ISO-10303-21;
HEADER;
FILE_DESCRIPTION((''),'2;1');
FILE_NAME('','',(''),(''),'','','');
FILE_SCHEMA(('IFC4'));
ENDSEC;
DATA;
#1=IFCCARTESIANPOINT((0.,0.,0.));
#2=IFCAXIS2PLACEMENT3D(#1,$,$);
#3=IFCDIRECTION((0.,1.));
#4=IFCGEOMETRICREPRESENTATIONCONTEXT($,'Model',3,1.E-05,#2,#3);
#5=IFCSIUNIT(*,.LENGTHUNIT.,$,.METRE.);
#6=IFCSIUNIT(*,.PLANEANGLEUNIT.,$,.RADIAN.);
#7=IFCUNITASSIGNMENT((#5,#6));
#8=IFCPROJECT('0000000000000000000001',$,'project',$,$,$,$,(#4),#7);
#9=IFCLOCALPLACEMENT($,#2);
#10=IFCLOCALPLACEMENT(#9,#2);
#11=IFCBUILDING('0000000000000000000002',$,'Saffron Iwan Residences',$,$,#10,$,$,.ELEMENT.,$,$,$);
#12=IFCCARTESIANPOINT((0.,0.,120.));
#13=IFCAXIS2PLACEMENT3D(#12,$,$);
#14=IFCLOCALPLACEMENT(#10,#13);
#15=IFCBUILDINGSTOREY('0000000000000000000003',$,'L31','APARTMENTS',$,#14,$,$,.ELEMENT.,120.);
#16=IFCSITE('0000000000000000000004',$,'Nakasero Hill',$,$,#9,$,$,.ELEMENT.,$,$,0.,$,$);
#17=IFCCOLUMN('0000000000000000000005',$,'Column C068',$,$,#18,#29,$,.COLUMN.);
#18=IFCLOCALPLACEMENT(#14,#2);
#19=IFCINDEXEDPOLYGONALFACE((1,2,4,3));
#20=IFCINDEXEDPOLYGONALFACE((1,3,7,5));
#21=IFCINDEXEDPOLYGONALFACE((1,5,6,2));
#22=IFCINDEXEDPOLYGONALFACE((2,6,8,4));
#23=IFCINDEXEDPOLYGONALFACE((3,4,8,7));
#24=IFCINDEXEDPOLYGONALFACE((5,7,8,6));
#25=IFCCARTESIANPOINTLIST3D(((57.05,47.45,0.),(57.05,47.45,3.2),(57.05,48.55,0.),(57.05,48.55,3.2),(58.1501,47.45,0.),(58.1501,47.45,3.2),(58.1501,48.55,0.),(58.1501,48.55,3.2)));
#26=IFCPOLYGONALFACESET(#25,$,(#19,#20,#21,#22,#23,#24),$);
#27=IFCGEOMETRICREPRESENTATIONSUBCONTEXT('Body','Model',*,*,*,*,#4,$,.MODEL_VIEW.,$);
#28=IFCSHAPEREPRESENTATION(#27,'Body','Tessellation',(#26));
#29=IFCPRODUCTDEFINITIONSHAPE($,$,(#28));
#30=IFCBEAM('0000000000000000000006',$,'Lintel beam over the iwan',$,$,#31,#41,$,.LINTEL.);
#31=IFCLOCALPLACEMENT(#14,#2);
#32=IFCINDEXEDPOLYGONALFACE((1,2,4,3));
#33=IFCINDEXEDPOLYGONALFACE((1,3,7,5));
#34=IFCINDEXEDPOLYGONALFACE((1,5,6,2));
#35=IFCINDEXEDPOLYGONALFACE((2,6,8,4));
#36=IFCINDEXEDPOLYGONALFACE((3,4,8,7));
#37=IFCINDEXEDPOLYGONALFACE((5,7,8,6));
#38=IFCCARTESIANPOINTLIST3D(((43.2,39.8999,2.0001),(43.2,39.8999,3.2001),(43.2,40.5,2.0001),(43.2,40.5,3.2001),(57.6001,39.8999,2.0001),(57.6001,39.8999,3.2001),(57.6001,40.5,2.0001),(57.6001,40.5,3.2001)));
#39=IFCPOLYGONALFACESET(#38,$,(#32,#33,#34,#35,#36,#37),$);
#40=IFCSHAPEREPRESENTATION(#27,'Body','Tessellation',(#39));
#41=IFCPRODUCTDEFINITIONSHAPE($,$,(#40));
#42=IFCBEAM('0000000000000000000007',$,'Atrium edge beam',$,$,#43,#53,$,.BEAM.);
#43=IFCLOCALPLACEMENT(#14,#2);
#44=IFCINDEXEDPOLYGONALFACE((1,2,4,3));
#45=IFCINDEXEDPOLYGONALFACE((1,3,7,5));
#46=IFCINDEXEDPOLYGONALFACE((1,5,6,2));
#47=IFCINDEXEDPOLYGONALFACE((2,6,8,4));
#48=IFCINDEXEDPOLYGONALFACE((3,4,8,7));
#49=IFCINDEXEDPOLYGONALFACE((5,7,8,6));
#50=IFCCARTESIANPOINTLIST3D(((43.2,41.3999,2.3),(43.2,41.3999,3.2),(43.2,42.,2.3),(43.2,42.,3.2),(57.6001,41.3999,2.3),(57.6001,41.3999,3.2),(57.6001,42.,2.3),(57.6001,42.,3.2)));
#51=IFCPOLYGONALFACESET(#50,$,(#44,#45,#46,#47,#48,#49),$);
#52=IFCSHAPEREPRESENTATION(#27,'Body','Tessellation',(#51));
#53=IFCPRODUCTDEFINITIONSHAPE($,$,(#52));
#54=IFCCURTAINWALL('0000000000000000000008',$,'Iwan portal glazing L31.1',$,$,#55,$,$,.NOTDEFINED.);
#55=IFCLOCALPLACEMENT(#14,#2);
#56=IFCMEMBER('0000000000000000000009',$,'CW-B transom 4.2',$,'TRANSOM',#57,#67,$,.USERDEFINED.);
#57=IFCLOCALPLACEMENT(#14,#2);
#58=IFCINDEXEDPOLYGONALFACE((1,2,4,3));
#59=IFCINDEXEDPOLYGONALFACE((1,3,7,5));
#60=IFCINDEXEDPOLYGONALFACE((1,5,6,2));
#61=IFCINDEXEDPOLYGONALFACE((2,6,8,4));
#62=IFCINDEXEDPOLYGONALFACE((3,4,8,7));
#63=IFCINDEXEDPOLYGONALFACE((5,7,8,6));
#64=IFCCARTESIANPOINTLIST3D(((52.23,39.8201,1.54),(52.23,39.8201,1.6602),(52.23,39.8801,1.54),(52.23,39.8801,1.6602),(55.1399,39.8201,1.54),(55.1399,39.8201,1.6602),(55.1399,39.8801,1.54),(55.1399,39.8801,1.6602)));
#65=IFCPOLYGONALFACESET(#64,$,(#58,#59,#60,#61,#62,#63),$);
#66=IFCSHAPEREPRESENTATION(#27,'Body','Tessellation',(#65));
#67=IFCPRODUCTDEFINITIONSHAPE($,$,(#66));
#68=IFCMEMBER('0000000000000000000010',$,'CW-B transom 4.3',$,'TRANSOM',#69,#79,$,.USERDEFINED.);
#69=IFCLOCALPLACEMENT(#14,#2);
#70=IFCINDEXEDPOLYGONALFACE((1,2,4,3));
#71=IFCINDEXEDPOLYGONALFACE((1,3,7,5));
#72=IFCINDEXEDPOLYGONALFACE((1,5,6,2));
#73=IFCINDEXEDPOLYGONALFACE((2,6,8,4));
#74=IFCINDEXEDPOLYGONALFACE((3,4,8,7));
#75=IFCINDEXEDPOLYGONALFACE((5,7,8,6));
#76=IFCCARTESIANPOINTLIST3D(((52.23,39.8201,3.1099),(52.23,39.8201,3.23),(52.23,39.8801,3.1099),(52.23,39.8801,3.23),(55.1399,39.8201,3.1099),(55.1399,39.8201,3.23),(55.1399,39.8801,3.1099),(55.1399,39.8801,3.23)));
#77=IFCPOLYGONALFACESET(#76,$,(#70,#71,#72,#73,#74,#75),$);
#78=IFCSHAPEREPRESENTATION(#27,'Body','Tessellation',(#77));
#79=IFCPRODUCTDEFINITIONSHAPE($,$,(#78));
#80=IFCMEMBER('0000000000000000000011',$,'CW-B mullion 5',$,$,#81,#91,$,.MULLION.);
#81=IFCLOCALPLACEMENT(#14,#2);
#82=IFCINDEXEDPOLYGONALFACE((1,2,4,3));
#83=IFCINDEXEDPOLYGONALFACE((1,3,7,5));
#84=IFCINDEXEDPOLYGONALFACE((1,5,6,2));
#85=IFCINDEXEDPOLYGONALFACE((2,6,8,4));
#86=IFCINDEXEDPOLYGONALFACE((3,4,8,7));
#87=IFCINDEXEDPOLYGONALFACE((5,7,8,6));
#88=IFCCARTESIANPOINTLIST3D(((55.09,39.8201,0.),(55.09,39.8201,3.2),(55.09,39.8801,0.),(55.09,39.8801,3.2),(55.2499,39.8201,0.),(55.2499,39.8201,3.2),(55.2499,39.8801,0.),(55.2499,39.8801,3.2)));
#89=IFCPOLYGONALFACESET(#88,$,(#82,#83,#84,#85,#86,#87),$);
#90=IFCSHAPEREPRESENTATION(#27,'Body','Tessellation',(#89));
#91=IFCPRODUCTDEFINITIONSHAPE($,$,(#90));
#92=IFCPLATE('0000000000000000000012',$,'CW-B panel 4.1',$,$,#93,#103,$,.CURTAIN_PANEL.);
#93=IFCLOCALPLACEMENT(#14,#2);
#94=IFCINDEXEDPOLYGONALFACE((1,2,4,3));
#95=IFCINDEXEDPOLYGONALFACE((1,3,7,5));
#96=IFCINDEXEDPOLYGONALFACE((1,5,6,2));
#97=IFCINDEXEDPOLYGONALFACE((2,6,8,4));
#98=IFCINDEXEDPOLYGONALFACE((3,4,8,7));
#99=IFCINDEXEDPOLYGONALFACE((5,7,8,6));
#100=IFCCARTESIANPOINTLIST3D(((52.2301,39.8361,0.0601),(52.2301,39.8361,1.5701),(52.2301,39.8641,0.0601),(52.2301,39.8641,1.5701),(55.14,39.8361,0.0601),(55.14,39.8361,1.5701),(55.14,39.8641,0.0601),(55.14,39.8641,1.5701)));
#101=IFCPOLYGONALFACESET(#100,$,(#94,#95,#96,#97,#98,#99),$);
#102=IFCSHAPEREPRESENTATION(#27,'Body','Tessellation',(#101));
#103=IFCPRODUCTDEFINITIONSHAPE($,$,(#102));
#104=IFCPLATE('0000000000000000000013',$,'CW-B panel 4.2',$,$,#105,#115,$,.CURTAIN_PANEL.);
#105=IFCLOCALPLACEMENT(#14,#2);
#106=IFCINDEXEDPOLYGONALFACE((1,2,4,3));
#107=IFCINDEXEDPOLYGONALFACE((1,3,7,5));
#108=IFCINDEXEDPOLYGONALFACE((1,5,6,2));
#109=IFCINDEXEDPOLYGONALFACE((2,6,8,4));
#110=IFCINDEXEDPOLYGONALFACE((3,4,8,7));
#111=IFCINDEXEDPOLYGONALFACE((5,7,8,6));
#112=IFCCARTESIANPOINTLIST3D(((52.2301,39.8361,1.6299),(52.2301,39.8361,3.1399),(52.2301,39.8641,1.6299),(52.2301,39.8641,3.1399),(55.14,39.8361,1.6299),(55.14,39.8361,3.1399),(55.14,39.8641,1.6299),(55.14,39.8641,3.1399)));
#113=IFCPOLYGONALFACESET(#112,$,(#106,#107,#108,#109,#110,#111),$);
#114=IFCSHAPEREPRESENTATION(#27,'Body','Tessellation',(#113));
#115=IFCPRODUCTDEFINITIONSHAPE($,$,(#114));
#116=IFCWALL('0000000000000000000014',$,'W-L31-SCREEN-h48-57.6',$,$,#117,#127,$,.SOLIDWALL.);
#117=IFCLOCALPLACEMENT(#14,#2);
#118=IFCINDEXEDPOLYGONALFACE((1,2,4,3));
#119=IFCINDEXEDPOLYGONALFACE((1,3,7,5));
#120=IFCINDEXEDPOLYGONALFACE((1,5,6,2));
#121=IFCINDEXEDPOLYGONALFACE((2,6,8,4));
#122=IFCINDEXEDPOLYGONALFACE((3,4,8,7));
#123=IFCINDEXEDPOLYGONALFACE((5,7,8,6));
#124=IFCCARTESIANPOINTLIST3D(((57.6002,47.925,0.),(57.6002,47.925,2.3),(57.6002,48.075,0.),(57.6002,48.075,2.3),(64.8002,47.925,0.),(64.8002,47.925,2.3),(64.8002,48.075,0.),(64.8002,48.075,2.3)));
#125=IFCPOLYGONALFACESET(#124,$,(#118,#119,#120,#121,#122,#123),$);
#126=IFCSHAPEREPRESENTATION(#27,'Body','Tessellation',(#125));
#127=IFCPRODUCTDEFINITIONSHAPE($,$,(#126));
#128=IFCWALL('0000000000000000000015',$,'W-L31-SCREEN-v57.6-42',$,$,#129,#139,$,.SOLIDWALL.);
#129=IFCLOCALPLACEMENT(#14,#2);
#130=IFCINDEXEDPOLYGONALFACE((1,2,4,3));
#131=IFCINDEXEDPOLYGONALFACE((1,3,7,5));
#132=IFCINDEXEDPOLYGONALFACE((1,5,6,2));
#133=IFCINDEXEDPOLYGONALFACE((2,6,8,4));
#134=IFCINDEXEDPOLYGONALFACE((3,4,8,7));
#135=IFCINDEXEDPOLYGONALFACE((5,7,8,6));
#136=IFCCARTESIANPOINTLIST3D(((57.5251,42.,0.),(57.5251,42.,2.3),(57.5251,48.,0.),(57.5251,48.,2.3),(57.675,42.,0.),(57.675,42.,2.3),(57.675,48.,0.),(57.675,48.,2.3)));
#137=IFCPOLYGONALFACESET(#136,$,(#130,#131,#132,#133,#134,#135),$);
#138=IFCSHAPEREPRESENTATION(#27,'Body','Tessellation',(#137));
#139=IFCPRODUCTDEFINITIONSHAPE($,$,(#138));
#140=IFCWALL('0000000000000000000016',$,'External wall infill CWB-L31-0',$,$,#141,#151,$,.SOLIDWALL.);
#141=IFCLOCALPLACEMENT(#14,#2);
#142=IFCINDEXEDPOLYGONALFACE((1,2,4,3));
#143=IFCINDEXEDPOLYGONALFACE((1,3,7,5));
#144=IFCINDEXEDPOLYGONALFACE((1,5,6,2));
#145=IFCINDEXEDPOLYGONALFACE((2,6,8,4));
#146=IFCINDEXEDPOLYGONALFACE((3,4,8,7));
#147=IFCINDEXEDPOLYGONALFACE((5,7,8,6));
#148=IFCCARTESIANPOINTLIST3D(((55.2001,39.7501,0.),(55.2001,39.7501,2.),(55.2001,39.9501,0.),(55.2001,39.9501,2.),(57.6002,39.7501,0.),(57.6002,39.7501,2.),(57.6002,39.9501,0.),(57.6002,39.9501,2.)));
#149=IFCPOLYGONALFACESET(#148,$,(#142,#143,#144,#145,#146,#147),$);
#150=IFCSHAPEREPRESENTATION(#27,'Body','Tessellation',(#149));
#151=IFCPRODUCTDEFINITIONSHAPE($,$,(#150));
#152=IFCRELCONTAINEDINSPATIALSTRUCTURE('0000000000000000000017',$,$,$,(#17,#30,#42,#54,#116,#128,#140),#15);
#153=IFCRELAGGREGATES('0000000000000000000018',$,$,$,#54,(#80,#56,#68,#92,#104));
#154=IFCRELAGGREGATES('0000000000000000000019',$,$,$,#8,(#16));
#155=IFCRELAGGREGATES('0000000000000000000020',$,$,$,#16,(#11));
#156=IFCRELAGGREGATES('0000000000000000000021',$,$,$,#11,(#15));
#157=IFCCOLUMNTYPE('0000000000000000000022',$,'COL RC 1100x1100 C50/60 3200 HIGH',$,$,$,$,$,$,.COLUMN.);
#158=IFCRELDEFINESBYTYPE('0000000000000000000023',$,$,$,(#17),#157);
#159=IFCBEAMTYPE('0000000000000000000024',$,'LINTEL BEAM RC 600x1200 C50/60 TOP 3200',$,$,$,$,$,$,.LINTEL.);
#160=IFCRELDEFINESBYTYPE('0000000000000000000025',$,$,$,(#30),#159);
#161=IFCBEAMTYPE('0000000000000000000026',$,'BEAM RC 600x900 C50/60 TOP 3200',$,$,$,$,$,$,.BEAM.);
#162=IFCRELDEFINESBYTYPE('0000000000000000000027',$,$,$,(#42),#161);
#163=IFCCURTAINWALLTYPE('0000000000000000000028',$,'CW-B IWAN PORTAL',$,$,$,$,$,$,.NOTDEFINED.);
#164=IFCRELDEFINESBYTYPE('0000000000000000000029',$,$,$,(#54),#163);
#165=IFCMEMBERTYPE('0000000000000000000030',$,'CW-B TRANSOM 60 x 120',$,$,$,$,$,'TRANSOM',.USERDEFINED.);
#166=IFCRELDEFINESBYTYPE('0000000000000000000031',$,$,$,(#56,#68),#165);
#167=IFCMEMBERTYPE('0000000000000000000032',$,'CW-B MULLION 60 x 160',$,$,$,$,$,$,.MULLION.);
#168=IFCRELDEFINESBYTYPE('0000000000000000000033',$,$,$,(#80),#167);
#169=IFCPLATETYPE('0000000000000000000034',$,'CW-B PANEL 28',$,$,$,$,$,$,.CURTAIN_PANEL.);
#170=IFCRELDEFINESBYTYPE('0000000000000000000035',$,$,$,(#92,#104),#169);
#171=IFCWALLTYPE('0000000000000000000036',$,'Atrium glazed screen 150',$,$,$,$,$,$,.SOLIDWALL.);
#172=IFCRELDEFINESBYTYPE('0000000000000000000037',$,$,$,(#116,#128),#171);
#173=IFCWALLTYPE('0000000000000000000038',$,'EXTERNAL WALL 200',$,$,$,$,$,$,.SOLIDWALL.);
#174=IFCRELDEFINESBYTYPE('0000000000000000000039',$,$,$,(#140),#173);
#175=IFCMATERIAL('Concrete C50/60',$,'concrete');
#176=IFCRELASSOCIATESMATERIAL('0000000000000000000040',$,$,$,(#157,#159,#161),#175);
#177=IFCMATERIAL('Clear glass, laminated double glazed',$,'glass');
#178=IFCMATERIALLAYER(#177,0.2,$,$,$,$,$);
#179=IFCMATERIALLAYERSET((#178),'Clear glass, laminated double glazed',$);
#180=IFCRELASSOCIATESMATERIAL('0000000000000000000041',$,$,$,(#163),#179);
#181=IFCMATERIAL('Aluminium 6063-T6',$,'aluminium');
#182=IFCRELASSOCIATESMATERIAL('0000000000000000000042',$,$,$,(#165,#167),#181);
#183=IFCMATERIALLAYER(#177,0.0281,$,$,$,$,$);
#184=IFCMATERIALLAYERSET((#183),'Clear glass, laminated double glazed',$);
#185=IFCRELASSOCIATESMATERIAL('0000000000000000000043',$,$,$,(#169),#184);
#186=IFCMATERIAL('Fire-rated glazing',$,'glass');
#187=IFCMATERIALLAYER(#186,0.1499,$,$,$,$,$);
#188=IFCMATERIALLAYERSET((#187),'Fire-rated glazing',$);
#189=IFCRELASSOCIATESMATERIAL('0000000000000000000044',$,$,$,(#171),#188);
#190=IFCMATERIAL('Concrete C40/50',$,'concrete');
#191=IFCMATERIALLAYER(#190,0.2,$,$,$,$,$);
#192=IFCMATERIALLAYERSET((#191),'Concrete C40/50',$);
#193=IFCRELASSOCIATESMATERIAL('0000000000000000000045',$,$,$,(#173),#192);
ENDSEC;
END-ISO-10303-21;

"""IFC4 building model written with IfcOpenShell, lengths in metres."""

from ifc_helpers import new_model, si_unit, direction, frame, frame_2d, origin, origin_2d, place, context, subcontext, project, spatial, rectangle, extrude, source, transform, mapped, material, layer, layer_set, material_profile, profile_set, type_object, element, aggregate, save


model = new_model("IFC4")

# Units and contexts
model_context = context("Model", 3, precision=1e-05, world=origin(), true_north=direction((0.0, 1.0)))
body_context = subcontext(model_context, "Body", "Model", "MODEL_VIEW")
ifc_project = project(units=[si_unit("LENGTHUNIT", "METRE"), si_unit("PLANEANGLEUNIT", "RADIAN")], contexts=[model_context])

# Site, building, storey
site_placement = place(None, origin())
site = spatial("IfcSite", under=ifc_project, at=site_placement, Name="Nakasero Hill", CompositionType="ELEMENT", RefElevation=0.0)
building_placement = place(site_placement, origin())
building = spatial("IfcBuilding", under=site, at=building_placement, Name="Saffron Iwan Residences", CompositionType="ELEMENT")
storey_placement = place(building_placement, frame((0.0, 0.0, 120.0)))
storey = spatial("IfcBuildingStorey", under=building, at=storey_placement, Name="L31", Description="APARTMENTS", CompositionType="ELEMENT", Elevation=120.0)

# Column
ifc_material_1 = material(Name="Concrete C50/60", Category="concrete")
ifc_material_profile_1 = material_profile(ifc_material_1, rectangle(XDim=1.1001, YDim=1.1001, at=origin_2d()), Name="RC 1100x1100")
ifc_profile_set_1 = profile_set([ifc_material_profile_1], Name="Concrete C50/60")
column_type = type_object("IfcColumnType", Name="COL RC 1100x1100 C50/60 3200 HIGH", PredefinedType="COLUMN", material=ifc_profile_set_1)
shared_shape_1 = source(origin(), body_context, "Body", "SweptSolid", [
    extrude(rectangle(XDim=1.1001, YDim=1.1001, at=origin_2d()), origin(), (0.0, 0.0, 1.0), 3.2),
])
column_placement = place(storey_placement, frame((57.6001, 48.0, 0.0), z_axis=(0.0, 0.0, 1.0), x_axis=(1.0, 0.0, 0.0)))
element("IfcColumn", 1, at=column_placement, inside=storey, type_object=column_type, Name="Column C068", PredefinedType="COLUMN", context=body_context, shape_type="MappedRepresentation", body=[
    mapped(shared_shape_1, transform((0.0, 0.0, 0.0))),
])

# Beams
ifc_material_profile_2 = material_profile(ifc_material_1, rectangle(XDim=0.6001, YDim=1.2, at=origin_2d()), Name="RC 600x1200")
ifc_profile_set_2 = profile_set([ifc_material_profile_2], Name="Concrete C50/60")
beam_type_1 = type_object("IfcBeamType", Name="LINTEL BEAM RC 600x1200 C50/60 TOP 3200", PredefinedType="LINTEL", material=ifc_profile_set_2)
shared_shape_2 = source(origin(), body_context, "Body", "SweptSolid", [
    extrude(rectangle(XDim=0.6001, YDim=1.2, at=origin_2d()), origin(), (0.0, 0.0, 1.0), 14.4001),
])
beam_1_placement = place(storey_placement, frame((57.6001, 40.2, 2.6001), z_axis=(-1.0, 0.0, 0.0), x_axis=(0.0, -1.0, 0.0)))
element("IfcBeam", 2, at=beam_1_placement, inside=storey, type_object=beam_type_1, Name="Lintel beam over the iwan", PredefinedType="LINTEL", context=body_context, shape_type="MappedRepresentation", body=[
    mapped(shared_shape_2, transform((0.0, 0.0, 0.0))),
])
ifc_material_profile_3 = material_profile(ifc_material_1, rectangle(XDim=0.6001, YDim=0.8999, at=origin_2d()), Name="RC 600x900")
ifc_profile_set_3 = profile_set([ifc_material_profile_3], Name="Concrete C50/60")
beam_type_2 = type_object("IfcBeamType", Name="BEAM RC 600x900 C50/60 TOP 3200", PredefinedType="BEAM", material=ifc_profile_set_3)
shared_shape_3 = source(origin(), body_context, "Body", "SweptSolid", [
    extrude(rectangle(XDim=0.6001, YDim=0.8999, at=origin_2d()), origin(), (0.0, 0.0, 1.0), 14.4001),
])
beam_2_placement = place(storey_placement, frame((57.6001, 41.7, 2.75), z_axis=(-1.0, 0.0, 0.0), x_axis=(0.0, -1.0, 0.0)))
element("IfcBeam", 3, at=beam_2_placement, inside=storey, type_object=beam_type_2, Name="Atrium edge beam", PredefinedType="BEAM", context=body_context, shape_type="MappedRepresentation", body=[
    mapped(shared_shape_3, transform((0.0, 0.0, 0.0))),
])

# Curtain wall, members, plates
ifc_material_2 = material(Name="Clear glass, laminated double glazed", Category="glass")
ifc_layer_1 = layer(ifc_material_2, 0.2)
ifc_layer_set_1 = layer_set([ifc_layer_1], Name="Clear glass, laminated double glazed")
curtain_wall_type = type_object("IfcCurtainWallType", Name="CW-B IWAN PORTAL", PredefinedType="NOTDEFINED", material=ifc_layer_set_1)
curtain_wall_placement = place(storey_placement, origin())
curtain_wall = element("IfcCurtainWall", 4, at=curtain_wall_placement, inside=storey, type_object=curtain_wall_type, Name="Iwan portal glazing L31.1", PredefinedType="NOTDEFINED")
ifc_material_3 = material(Name="Aluminium 6063-T6", Category="aluminium")
ifc_material_profile_4 = material_profile(ifc_material_3, rectangle(XDim=0.0601, YDim=0.1201, at=origin_2d()), Name="CW-B TRANSOM 60 x 120")
ifc_profile_set_4 = profile_set([ifc_material_profile_4], Name="Aluminium 6063-T6")
member_type_1 = type_object("IfcMemberType", Name="CW-B TRANSOM 60 x 120", ElementType="TRANSOM", PredefinedType="USERDEFINED", material=ifc_profile_set_4)
shared_shape_4 = source(origin(), body_context, "Body", "SweptSolid", [
    extrude(rectangle(XDim=0.0601, YDim=0.1201, at=origin_2d()), origin(), (0.0, 0.0, 1.0), 2.9099),
])
member_1_placement = place(storey_placement, frame((52.23, 39.8501, 1.6001), z_axis=(1.0, 0.0, 0.0), x_axis=(0.0, 1.0, 0.0)))
member_1 = element("IfcMember", 5, at=member_1_placement, type_object=member_type_1, Name="CW-B transom 4.2", ObjectType="TRANSOM", PredefinedType="USERDEFINED", context=body_context, shape_type="MappedRepresentation", body=[
    mapped(shared_shape_4, transform((0.0, 0.0, 0.0))),
])
member_2_placement = place(storey_placement, frame((52.23, 39.8501, 3.1699), z_axis=(1.0, 0.0, 0.0), x_axis=(0.0, 1.0, 0.0)))
member_2 = element("IfcMember", 6, at=member_2_placement, type_object=member_type_1, Name="CW-B transom 4.3", ObjectType="TRANSOM", PredefinedType="USERDEFINED", context=body_context, shape_type="MappedRepresentation", body=[
    mapped(shared_shape_4, transform((0.0, 0.0, 0.0))),
])
ifc_material_profile_5 = material_profile(ifc_material_3, rectangle(XDim=0.0601, YDim=0.1599, at=origin_2d()), Name="CW-B MULLION 60 x 160")
ifc_profile_set_5 = profile_set([ifc_material_profile_5], Name="Aluminium 6063-T6")
member_type_2 = type_object("IfcMemberType", Name="CW-B MULLION 60 x 160", PredefinedType="MULLION", material=ifc_profile_set_5)
shared_shape_5 = source(origin(), body_context, "Body", "SweptSolid", [
    extrude(rectangle(XDim=0.0601, YDim=0.1599, at=origin_2d()), origin(), (0.0, 0.0, 1.0), 3.2),
])
member_3_placement = place(storey_placement, frame((55.1699, 39.8501, 0.0), z_axis=(0.0, 0.0, 1.0), x_axis=(0.0, 1.0, 0.0)))
member_3 = element("IfcMember", 7, at=member_3_placement, type_object=member_type_2, Name="CW-B mullion 5", PredefinedType="MULLION", context=body_context, shape_type="MappedRepresentation", body=[
    mapped(shared_shape_5, transform((0.0, 0.0, 0.0))),
])
ifc_layer_2 = layer(ifc_material_2, 0.0281)
ifc_layer_set_2 = layer_set([ifc_layer_2], Name="Clear glass, laminated double glazed")
plate_type = type_object("IfcPlateType", Name="CW-B PANEL 28", PredefinedType="CURTAIN_PANEL", material=ifc_layer_set_2)
shared_shape_6 = source(origin(), body_context, "Body", "SweptSolid", [
    extrude(rectangle(XDim=2.9099, YDim=0.0281, at=origin_2d()), origin(), (0.0, 0.0, 1.0), 1.51),
])
plate_1_placement = place(storey_placement, frame((53.6851, 39.8501, 0.0601), z_axis=(0.0, 0.0, 1.0), x_axis=(1.0, 0.0, 0.0)))
plate_1 = element("IfcPlate", 8, at=plate_1_placement, type_object=plate_type, Name="CW-B panel 4.1", PredefinedType="CURTAIN_PANEL", context=body_context, shape_type="MappedRepresentation", body=[
    mapped(shared_shape_6, transform((0.0, 0.0, 0.0))),
])
plate_2_placement = place(storey_placement, frame((53.6851, 39.8501, 1.6299), z_axis=(0.0, 0.0, 1.0), x_axis=(1.0, 0.0, 0.0)))
plate_2 = element("IfcPlate", 9, at=plate_2_placement, type_object=plate_type, Name="CW-B panel 4.2", PredefinedType="CURTAIN_PANEL", context=body_context, shape_type="MappedRepresentation", body=[
    mapped(shared_shape_6, transform((0.0, 0.0, 0.0))),
])
aggregate(curtain_wall, [member_3, member_1, member_2, plate_1, plate_2])

# Walls
ifc_material_4 = material(Name="Fire-rated glazing", Category="glass")
ifc_layer_3 = layer(ifc_material_4, 0.1499)
ifc_layer_set_3 = layer_set([ifc_layer_3], Name="Fire-rated glazing")
wall_type_1 = type_object("IfcWallType", Name="Atrium glazed screen 150", PredefinedType="SOLIDWALL", material=ifc_layer_set_3)
wall_1_placement = place(storey_placement, frame((57.6001, 48.0, 0.0), z_axis=(0.0, 0.0, 1.0), x_axis=(1.0, 0.0, 0.0)))
element("IfcWall", 10, at=wall_1_placement, inside=storey, type_object=wall_type_1, Name="W-L31-SCREEN-h48-57.6", PredefinedType="SOLIDWALL", context=body_context, shape_type="SweptSolid", body=[
    extrude(rectangle(XDim=7.2, YDim=0.1499, at=frame_2d((3.6001, 0.0))), origin(), (0.0, 0.0, 1.0), 2.3),
])
wall_2_placement = place(storey_placement, frame((57.6001, 42.0, 0.0), z_axis=(0.0, 0.0, 1.0), x_axis=(0.0, 1.0, 0.0)))
element("IfcWall", 11, at=wall_2_placement, inside=storey, type_object=wall_type_1, Name="W-L31-SCREEN-v57.6-42", PredefinedType="SOLIDWALL", context=body_context, shape_type="SweptSolid", body=[
    extrude(rectangle(XDim=6.0, YDim=0.1499, at=frame_2d((3.0, 0.0))), origin(), (0.0, 0.0, 1.0), 2.3),
])
ifc_material_5 = material(Name="Concrete C40/50", Category="concrete")
ifc_layer_4 = layer(ifc_material_5, 0.2)
ifc_layer_set_4 = layer_set([ifc_layer_4], Name="Concrete C40/50")
wall_type_2 = type_object("IfcWallType", Name="EXTERNAL WALL 200", PredefinedType="SOLIDWALL", material=ifc_layer_set_4)
wall_3_placement = place(storey_placement, frame((55.2, 39.8501, 0.0), z_axis=(0.0, 0.0, 1.0), x_axis=(1.0, 0.0, 0.0)))
element("IfcWall", 12, at=wall_3_placement, inside=storey, type_object=wall_type_2, Name="External wall infill CWB-L31-0", PredefinedType="SOLIDWALL", context=body_context, shape_type="SweptSolid", body=[
    extrude(rectangle(XDim=2.4001, YDim=0.2, at=frame_2d((1.2002, 0.0))), origin(), (0.0, 0.0, 1.0), 2.0),
])

save(model, "model.ifc")
